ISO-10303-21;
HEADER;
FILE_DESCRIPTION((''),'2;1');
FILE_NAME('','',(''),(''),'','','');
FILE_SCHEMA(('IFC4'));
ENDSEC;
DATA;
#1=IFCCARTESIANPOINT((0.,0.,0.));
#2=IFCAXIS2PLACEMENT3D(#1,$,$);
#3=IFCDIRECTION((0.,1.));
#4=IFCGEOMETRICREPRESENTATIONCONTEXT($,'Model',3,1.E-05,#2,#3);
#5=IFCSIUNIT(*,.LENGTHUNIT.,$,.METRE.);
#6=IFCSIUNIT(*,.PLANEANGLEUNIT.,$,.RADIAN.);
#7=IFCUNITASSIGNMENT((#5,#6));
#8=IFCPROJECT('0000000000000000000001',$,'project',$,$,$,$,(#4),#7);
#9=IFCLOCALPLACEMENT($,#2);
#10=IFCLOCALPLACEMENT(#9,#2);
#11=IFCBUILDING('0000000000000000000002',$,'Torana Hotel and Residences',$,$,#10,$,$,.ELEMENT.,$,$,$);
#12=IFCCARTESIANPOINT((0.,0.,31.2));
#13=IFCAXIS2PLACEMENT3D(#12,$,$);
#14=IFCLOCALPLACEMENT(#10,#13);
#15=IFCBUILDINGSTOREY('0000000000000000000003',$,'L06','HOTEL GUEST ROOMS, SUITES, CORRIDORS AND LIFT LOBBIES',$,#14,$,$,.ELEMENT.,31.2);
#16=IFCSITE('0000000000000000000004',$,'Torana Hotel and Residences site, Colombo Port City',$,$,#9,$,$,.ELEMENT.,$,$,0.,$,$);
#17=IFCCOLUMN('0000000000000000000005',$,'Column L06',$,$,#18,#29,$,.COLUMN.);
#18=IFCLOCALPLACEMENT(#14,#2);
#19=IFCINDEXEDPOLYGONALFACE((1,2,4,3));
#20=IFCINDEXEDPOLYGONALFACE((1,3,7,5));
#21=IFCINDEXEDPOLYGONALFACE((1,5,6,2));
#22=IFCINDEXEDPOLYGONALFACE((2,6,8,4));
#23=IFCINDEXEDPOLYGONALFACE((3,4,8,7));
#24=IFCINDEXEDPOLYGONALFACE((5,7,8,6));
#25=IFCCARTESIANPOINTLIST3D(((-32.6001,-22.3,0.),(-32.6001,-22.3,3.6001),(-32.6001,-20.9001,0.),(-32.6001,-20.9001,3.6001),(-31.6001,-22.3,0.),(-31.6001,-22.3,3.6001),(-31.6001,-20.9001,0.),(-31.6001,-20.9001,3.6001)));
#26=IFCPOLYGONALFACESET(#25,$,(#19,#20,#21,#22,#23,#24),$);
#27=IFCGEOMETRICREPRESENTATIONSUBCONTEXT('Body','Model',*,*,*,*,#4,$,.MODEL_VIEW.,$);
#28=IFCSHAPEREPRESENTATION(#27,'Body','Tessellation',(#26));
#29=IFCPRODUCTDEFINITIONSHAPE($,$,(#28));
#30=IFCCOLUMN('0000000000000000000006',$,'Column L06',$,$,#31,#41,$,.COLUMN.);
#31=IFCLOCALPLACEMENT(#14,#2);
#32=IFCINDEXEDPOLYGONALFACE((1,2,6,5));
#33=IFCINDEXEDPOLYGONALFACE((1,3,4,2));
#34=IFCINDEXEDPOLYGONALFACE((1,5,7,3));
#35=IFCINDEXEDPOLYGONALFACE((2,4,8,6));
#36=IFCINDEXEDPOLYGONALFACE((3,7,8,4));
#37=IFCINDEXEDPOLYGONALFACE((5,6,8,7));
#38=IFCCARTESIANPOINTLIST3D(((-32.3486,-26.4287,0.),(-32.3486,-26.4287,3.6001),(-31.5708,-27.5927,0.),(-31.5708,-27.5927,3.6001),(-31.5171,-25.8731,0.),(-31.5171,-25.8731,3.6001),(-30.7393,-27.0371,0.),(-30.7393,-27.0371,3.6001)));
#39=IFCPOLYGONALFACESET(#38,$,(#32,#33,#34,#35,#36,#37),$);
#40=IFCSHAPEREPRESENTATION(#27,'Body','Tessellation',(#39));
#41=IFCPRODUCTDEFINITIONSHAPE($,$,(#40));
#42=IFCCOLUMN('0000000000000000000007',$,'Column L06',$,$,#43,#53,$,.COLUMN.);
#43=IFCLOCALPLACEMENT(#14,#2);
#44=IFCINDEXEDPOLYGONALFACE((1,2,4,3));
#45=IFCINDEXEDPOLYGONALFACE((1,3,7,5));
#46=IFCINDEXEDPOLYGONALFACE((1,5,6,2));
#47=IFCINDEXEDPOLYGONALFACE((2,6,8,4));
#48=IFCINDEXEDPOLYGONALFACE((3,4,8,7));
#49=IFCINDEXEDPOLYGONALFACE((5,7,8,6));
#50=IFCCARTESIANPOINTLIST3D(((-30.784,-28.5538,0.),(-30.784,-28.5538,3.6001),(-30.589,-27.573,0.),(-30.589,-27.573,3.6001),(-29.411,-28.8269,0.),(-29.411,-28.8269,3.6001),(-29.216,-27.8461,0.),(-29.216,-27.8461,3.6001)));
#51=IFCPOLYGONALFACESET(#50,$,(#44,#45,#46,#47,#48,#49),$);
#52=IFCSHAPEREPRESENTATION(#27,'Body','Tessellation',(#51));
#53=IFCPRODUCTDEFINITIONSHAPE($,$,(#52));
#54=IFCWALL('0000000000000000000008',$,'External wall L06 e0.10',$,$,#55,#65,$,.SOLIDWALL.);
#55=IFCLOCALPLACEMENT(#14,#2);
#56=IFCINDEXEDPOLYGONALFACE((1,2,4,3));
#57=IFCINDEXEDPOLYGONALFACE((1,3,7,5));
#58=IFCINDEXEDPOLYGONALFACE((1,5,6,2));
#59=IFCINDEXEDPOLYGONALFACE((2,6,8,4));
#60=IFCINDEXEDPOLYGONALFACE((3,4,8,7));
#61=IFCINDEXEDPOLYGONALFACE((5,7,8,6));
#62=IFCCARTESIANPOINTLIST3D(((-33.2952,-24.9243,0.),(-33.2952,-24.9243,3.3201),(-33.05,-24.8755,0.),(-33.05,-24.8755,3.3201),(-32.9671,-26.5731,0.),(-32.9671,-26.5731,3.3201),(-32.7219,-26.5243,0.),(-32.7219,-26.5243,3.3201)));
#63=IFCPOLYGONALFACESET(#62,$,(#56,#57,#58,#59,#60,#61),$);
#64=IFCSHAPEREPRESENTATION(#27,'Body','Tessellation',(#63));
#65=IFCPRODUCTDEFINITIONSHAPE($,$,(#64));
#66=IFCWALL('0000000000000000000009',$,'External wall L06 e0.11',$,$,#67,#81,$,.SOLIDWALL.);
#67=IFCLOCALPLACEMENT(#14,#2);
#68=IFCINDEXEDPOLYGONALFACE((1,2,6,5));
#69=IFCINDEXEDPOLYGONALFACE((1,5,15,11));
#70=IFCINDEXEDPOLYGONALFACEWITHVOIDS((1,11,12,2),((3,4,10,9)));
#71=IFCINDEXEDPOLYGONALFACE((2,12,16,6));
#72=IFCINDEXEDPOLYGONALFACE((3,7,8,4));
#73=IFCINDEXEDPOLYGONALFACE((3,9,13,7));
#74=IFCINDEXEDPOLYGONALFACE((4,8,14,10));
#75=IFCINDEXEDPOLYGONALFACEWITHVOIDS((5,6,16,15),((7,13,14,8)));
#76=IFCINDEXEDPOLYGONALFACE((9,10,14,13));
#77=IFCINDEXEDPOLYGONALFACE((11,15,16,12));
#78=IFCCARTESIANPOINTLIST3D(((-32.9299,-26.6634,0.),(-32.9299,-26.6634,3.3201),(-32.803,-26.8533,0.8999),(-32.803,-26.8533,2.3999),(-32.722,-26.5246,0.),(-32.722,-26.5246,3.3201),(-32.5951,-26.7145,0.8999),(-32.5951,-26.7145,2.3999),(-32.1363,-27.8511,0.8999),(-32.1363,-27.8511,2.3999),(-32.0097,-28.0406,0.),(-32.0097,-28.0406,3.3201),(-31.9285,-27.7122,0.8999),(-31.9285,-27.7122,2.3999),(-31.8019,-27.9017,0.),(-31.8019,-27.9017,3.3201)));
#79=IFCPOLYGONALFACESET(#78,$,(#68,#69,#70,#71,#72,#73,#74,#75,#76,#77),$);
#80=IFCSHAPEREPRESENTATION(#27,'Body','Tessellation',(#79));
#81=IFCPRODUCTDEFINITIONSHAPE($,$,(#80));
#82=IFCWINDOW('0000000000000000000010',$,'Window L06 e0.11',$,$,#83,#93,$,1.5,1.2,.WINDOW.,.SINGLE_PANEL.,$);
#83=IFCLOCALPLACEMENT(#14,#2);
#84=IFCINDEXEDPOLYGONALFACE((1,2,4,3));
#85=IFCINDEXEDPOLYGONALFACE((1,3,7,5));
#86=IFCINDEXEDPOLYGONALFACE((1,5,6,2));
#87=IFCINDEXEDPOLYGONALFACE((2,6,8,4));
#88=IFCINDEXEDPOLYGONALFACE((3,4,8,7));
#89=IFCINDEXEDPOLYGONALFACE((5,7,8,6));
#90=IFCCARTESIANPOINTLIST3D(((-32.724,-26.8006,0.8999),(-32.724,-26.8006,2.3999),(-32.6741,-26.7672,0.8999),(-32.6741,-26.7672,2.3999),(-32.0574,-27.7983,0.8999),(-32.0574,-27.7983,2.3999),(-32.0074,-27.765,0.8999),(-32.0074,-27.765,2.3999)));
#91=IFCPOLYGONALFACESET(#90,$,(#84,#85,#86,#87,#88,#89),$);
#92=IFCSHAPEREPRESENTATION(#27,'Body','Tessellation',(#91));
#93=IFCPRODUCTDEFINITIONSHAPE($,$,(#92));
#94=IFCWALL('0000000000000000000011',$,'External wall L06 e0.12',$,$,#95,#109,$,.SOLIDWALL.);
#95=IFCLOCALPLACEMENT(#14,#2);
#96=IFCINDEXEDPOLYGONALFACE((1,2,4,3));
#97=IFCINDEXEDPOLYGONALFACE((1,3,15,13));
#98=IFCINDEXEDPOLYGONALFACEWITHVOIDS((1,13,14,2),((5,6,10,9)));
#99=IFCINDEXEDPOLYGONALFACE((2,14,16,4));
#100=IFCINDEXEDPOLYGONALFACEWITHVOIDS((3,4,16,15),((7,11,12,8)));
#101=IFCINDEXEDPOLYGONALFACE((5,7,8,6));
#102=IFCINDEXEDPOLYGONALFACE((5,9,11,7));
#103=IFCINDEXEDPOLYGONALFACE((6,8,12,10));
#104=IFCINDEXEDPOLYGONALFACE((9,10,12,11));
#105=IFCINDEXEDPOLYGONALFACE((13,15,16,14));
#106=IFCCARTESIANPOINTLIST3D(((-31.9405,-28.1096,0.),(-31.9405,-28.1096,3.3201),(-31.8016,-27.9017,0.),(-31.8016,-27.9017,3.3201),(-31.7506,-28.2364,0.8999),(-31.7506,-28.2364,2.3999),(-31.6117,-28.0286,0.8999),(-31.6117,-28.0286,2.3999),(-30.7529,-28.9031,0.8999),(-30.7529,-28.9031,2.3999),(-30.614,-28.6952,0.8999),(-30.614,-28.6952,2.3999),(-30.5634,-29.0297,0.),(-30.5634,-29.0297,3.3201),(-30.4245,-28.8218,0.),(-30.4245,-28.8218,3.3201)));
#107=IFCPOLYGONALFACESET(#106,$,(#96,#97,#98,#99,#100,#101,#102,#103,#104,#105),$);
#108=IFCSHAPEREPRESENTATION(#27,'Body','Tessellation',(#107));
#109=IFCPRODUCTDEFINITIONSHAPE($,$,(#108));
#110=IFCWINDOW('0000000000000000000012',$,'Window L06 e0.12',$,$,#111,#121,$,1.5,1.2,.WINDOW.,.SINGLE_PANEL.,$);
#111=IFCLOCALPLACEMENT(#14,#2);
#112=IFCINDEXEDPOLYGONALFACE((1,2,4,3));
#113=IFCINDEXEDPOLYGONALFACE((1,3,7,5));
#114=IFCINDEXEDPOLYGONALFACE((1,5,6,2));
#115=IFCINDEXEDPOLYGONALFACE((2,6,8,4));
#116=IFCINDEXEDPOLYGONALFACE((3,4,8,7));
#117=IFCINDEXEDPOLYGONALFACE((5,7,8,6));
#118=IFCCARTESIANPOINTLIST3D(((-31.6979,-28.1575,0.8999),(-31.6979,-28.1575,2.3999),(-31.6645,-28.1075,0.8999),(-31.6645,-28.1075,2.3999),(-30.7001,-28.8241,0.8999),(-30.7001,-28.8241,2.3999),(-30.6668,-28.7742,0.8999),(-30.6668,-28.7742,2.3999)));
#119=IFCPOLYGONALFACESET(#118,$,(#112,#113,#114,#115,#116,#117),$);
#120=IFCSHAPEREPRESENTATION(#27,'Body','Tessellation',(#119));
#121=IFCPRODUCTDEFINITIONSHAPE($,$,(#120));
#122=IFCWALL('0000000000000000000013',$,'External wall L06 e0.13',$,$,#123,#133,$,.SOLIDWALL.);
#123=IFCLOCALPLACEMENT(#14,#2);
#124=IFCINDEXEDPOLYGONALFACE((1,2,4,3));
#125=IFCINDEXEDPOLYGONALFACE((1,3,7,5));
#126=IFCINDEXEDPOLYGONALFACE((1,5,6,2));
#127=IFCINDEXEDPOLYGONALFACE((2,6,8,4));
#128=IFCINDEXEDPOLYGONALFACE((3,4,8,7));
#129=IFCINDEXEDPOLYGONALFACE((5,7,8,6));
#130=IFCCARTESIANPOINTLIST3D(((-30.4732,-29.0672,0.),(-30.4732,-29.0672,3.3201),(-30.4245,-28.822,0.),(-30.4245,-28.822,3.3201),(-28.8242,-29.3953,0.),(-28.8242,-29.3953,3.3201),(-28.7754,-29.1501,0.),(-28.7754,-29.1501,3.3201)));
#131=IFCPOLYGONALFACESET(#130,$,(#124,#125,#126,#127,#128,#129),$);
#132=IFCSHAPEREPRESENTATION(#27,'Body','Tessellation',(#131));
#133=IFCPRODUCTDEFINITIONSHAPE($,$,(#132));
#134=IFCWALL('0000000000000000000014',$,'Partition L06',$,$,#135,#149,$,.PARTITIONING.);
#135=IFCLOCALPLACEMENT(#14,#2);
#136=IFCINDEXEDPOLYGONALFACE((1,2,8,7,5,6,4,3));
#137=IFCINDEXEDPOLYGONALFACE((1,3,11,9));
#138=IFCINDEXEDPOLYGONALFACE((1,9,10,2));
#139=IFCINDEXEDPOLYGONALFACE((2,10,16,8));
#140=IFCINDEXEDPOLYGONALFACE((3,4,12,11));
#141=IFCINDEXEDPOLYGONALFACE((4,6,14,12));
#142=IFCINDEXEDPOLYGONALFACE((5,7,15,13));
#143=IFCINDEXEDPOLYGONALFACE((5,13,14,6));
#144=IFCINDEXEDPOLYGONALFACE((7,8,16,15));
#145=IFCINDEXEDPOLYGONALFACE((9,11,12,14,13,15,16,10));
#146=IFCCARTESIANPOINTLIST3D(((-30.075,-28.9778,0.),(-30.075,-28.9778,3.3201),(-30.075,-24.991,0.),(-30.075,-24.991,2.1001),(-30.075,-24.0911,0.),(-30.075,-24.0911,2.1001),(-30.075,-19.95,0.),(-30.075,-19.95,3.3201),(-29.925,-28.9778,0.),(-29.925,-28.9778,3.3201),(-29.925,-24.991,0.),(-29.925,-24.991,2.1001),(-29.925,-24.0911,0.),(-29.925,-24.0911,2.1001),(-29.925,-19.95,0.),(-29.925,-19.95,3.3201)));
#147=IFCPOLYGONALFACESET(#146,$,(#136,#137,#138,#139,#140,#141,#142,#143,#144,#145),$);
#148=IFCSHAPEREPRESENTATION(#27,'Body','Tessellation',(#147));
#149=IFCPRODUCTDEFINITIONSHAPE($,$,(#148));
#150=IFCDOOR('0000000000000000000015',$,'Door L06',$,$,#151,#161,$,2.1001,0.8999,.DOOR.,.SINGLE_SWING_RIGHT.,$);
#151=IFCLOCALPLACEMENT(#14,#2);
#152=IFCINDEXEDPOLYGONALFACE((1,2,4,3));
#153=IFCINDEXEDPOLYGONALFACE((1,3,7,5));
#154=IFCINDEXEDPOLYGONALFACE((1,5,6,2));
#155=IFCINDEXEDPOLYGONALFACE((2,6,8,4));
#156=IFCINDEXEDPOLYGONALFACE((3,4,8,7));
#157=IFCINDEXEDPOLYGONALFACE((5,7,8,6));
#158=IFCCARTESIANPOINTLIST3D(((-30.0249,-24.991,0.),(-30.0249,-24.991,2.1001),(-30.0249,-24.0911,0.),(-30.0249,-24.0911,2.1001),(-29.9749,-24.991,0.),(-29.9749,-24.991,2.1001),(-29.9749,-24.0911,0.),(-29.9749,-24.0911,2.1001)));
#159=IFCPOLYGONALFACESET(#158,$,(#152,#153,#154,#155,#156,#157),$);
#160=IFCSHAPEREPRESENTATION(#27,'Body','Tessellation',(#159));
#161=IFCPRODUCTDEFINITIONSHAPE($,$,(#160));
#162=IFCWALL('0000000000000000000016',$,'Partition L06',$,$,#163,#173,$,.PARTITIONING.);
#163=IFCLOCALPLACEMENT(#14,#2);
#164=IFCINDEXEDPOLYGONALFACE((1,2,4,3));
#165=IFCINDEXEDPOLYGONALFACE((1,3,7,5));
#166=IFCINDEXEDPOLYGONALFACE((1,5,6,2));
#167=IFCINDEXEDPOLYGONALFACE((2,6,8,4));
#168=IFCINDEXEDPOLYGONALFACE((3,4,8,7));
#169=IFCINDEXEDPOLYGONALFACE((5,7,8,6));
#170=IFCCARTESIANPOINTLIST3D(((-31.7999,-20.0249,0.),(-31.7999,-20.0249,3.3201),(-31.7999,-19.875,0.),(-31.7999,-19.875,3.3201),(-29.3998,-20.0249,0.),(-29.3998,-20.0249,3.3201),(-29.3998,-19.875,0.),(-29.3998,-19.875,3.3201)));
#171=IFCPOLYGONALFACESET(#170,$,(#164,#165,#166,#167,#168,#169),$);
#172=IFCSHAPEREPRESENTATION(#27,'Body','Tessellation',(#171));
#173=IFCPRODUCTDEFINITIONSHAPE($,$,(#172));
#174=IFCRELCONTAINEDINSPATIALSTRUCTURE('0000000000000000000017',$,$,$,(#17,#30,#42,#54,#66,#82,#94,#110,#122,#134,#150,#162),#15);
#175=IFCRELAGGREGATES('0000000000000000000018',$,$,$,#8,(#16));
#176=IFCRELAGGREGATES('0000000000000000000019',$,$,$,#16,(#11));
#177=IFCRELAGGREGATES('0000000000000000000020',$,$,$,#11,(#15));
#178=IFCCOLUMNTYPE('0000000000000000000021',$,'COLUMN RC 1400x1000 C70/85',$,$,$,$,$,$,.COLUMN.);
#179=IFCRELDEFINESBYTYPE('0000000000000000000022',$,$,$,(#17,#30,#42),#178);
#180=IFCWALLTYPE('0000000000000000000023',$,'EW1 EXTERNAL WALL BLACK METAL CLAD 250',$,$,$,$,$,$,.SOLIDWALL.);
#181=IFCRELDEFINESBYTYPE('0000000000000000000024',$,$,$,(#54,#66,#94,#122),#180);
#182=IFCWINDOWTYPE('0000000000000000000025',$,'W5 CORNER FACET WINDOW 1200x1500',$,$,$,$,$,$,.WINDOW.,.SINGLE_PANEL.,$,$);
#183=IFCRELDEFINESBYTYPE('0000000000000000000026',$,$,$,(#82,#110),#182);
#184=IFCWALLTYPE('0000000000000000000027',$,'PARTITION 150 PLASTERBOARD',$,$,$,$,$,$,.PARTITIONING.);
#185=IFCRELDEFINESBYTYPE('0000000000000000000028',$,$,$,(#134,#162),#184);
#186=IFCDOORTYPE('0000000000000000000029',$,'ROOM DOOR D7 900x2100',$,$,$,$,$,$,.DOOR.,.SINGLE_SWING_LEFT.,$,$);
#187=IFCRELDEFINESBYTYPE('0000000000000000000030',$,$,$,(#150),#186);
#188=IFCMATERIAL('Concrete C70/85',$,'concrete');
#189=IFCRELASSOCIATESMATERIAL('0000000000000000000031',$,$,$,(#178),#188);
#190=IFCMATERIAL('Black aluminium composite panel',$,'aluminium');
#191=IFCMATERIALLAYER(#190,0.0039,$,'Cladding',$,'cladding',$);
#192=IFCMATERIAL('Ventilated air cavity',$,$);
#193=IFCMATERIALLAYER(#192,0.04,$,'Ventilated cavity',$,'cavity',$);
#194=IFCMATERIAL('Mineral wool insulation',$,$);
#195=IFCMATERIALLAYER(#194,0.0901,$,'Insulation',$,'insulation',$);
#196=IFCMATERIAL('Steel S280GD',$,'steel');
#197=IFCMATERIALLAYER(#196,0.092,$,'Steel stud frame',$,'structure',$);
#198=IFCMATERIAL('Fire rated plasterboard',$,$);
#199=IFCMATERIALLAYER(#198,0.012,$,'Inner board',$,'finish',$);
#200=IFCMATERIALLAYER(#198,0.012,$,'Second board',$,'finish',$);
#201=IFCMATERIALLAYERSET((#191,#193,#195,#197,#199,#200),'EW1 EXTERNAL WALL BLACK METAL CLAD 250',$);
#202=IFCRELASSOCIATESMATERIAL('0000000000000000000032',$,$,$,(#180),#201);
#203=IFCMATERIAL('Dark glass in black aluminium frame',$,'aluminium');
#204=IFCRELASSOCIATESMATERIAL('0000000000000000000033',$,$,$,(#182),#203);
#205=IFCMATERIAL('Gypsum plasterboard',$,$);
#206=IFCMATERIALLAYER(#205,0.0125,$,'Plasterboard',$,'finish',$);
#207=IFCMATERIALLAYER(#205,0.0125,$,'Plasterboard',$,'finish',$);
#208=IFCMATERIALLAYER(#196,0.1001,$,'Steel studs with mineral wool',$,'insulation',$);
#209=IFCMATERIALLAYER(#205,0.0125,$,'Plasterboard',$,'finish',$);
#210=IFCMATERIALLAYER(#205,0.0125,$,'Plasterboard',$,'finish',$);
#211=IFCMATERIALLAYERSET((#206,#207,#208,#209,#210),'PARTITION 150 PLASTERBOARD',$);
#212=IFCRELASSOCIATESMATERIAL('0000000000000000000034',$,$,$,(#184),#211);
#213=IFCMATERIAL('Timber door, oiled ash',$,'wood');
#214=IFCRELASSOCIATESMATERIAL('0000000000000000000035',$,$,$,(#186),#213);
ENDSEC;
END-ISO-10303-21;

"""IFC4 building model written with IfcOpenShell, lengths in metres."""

from ifc_helpers import new_model, si_unit, direction, frame, frame_2d, origin, origin_2d, place, context, subcontext, project, spatial, rectangle, extrude, material, layer, layer_set, material_profile, profile_set, type_object, element, fill, save


model = new_model("IFC4")

# Units and contexts
model_context = context("Model", 3, precision=1e-05, world=origin(), true_north=direction((0.0, 1.0)))
body_context = subcontext(model_context, "Body", "Model", "MODEL_VIEW")
ifc_project = project(units=[si_unit("LENGTHUNIT", "METRE"), si_unit("PLANEANGLEUNIT", "RADIAN")], contexts=[model_context])

# Site, building, storey
site_placement = place(None, origin())
site = spatial("IfcSite", under=ifc_project, at=site_placement, Name="Torana Hotel and Residences site, Colombo Port City", CompositionType="ELEMENT", RefElevation=0.0)
building_placement = place(site_placement, origin())
building = spatial("IfcBuilding", under=site, at=building_placement, Name="Torana Hotel and Residences", CompositionType="ELEMENT")
storey_placement = place(building_placement, frame((0.0, 0.0, 31.2)))
storey = spatial("IfcBuildingStorey", under=building, at=storey_placement, Name="L06", Description="HOTEL GUEST ROOMS, SUITES, CORRIDORS AND LIFT LOBBIES", CompositionType="ELEMENT", Elevation=31.2)

# Columns
ifc_material_1 = material(Name="Concrete C70/85", Category="concrete")
ifc_material_profile = material_profile(ifc_material_1, rectangle(XDim=1.3999, YDim=1.0, at=origin_2d()), Name="RC 1400x1000")
ifc_profile_set = profile_set([ifc_material_profile], Name="Concrete C70/85")
column_type = type_object("IfcColumnType", Name="COLUMN RC 1400x1000 C70/85", PredefinedType="COLUMN", material=ifc_profile_set)
for number, where, z_axis, x_axis, name in (
    (1, (-32.1001, -21.6001, 0.0), (0.0, 0.0, 1.0), (0.0, 1.0, 0.0), "Column L06"),
    (2, (-31.5439, -26.7329, 0.0), (0.0, 0.0, 1.0), (-0.555585, 0.83146, 0.0), "Column L06"),
    (3, (-30.0, -28.2, 0.0), (0.0, 0.0, 1.0), (-0.980792, 0.195056, 0.0), "Column L06"),
):
    element("IfcColumn", number, at=place(storey_placement, frame(where, z_axis=z_axis, x_axis=x_axis)), inside=storey, type_object=column_type, Name=name, PredefinedType="COLUMN", context=body_context, shape_type="SweptSolid", body=[
        extrude(rectangle(XDim=1.3999, YDim=1.0, at=origin_2d()), origin(), (0.0, 0.0, 1.0), 3.6001),
    ])

# Wall
ifc_material_2 = material(Name="Black aluminium composite panel", Category="aluminium")
ifc_layer_1 = layer(ifc_material_2, 0.0039, Name="Cladding", Category="cladding")
ifc_material_3 = material(Name="Ventilated air cavity")
ifc_layer_2 = layer(ifc_material_3, 0.04, Name="Ventilated cavity", Category="cavity")
ifc_material_4 = material(Name="Mineral wool insulation")
ifc_layer_3 = layer(ifc_material_4, 0.0901, Name="Insulation", Category="insulation")
ifc_material_5 = material(Name="Steel S280GD", Category="steel")
ifc_layer_4 = layer(ifc_material_5, 0.092, Name="Steel stud frame", Category="structure")
ifc_material_6 = material(Name="Fire rated plasterboard")
ifc_layer_5 = layer(ifc_material_6, 0.012, Name="Inner board", Category="finish")
ifc_layer_6 = layer(ifc_material_6, 0.012, Name="Second board", Category="finish")
ifc_layer_set_1 = layer_set([ifc_layer_1, ifc_layer_2, ifc_layer_3, ifc_layer_4, ifc_layer_5, ifc_layer_6], Name="EW1 EXTERNAL WALL BLACK METAL CLAD 250")
wall_type_1 = type_object("IfcWallType", Name="EW1 EXTERNAL WALL BLACK METAL CLAD 250", PredefinedType="SOLIDWALL", material=ifc_layer_set_1)
wall_1_placement = place(storey_placement, frame((-33.1726, -24.8999, 0.0), z_axis=(0.0, 0.0, 1.0), x_axis=(0.195167, -0.98077, 0.0)))
element("IfcWall", 4, at=wall_1_placement, inside=storey, type_object=wall_type_1, Name="External wall L06 e0.10", PredefinedType="SOLIDWALL", context=body_context, shape_type="SweptSolid", body=[
    extrude(rectangle(XDim=1.6812, YDim=0.25, at=frame_2d((0.8406, 0.0))), origin(), (0.0, 0.0, 1.0), 3.3201),
])

# Walls, openings, windows
wall_2_placement = place(storey_placement, frame((-32.8259, -26.594, 0.0), z_axis=(0.0, 0.0, 1.0), x_axis=(0.55555, -0.831483, 0.0)))
wall_2 = element("IfcWall", 5, at=wall_2_placement, inside=storey, type_object=wall_type_1, Name="External wall L06 e0.11", PredefinedType="SOLIDWALL", context=body_context, shape_type="SweptSolid", body=[
    extrude(rectangle(XDim=1.6562, YDim=0.25, at=frame_2d((0.8281, 0.0))), origin(), (0.0, 0.0, 1.0), 3.3201),
])
opening_1_placement = place(wall_2_placement, frame((0.2283, 0.0, 0.8999)))
opening_1 = element("IfcOpeningElement", 6, at=opening_1_placement, cuts=wall_2, PredefinedType="OPENING", context=body_context, shape_type="SweptSolid", body=[
    extrude(rectangle(XDim=1.2, YDim=1.5, at=frame_2d((0.6001, 0.75))), frame((0.0, 0.135, 0.0), z_axis=(0.0, -1.0, 0.0), x_axis=(1.0, 0.0, 0.0)), (0.0, 0.0, 1.0), 0.27),
])
ifc_material_7 = material(Name="Dark glass in black aluminium frame", Category="aluminium")
window_type = type_object("IfcWindowType", Name="W5 CORNER FACET WINDOW 1200x1500", PartitioningType="SINGLE_PANEL", PredefinedType="WINDOW", material=ifc_material_7)
window_1_placement = place(opening_1_placement, origin())
window_1 = element("IfcWindow", 7, at=window_1_placement, inside=storey, type_object=window_type, Name="Window L06 e0.11", OverallHeight=1.5, OverallWidth=1.2, PartitioningType="SINGLE_PANEL", PredefinedType="WINDOW", context=body_context, shape_type="SweptSolid", body=[
    extrude(rectangle(XDim=1.2, YDim=1.5, at=frame_2d((0.6001, 0.75))), frame((0.0, 0.03, 0.0), z_axis=(0.0, -1.0, 0.0), x_axis=(1.0, 0.0, 0.0)), (0.0, 0.0, 1.0), 0.0601),
])
fill(opening_1, window_1)
wall_3_placement = place(storey_placement, frame((-31.8711, -28.0056, 0.0), z_axis=(0.0, 0.0, 1.0), x_axis=(0.831483, -0.55555, 0.0)))
wall_3 = element("IfcWall", 8, at=wall_3_placement, inside=storey, type_object=wall_type_1, Name="External wall L06 e0.12", PredefinedType="SOLIDWALL", context=body_context, shape_type="SweptSolid", body=[
    extrude(rectangle(XDim=1.6562, YDim=0.25, at=frame_2d((0.8281, 0.0))), origin(), (0.0, 0.0, 1.0), 3.3201),
])
opening_2_placement = place(wall_3_placement, frame((0.2283, 0.0, 0.8999)))
opening_2 = element("IfcOpeningElement", 9, at=opening_2_placement, cuts=wall_3, PredefinedType="OPENING", context=body_context, shape_type="SweptSolid", body=[
    extrude(rectangle(XDim=1.2, YDim=1.5, at=frame_2d((0.6001, 0.75))), frame((0.0, 0.135, 0.0), z_axis=(0.0, -1.0, 0.0), x_axis=(1.0, 0.0, 0.0)), (0.0, 0.0, 1.0), 0.27),
])
window_2_placement = place(opening_2_placement, origin())
window_2 = element("IfcWindow", 10, at=window_2_placement, inside=storey, type_object=window_type, Name="Window L06 e0.12", OverallHeight=1.5, OverallWidth=1.2, PartitioningType="SINGLE_PANEL", PredefinedType="WINDOW", context=body_context, shape_type="SweptSolid", body=[
    extrude(rectangle(XDim=1.2, YDim=1.5, at=frame_2d((0.6001, 0.75))), frame((0.0, 0.03, 0.0), z_axis=(0.0, -1.0, 0.0), x_axis=(1.0, 0.0, 0.0)), (0.0, 0.0, 1.0), 0.0601),
])
fill(opening_2, window_2)

# Wall
wall_4_placement = place(storey_placement, frame((-30.449, -28.9446, 0.0), z_axis=(0.0, 0.0, 1.0), x_axis=(0.980776, -0.195139, 0.0)))
element("IfcWall", 11, at=wall_4_placement, inside=storey, type_object=wall_type_1, Name="External wall L06 e0.13", PredefinedType="SOLIDWALL", context=body_context, shape_type="SweptSolid", body=[
    extrude(rectangle(XDim=1.6814, YDim=0.25, at=frame_2d((0.8408, 0.0))), origin(), (0.0, 0.0, 1.0), 3.3201),
])

# Wall, opening, door
ifc_material_8 = material(Name="Gypsum plasterboard")
ifc_layer_7 = layer(ifc_material_8, 0.0125, Name="Plasterboard", Category="finish")
ifc_layer_8 = layer(ifc_material_8, 0.0125, Name="Plasterboard", Category="finish")
ifc_layer_9 = layer(ifc_material_5, 0.1001, Name="Steel studs with mineral wool", Category="insulation")
ifc_layer_10 = layer(ifc_material_8, 0.0125, Name="Plasterboard", Category="finish")
ifc_layer_11 = layer(ifc_material_8, 0.0125, Name="Plasterboard", Category="finish")
ifc_layer_set_2 = layer_set([ifc_layer_7, ifc_layer_8, ifc_layer_9, ifc_layer_10, ifc_layer_11], Name="PARTITION 150 PLASTERBOARD")
wall_type_2 = type_object("IfcWallType", Name="PARTITION 150 PLASTERBOARD", PredefinedType="PARTITIONING", material=ifc_layer_set_2)
wall_5_placement = place(storey_placement, frame((-30.0, -28.9778, 0.0), z_axis=(0.0, 0.0, 1.0), x_axis=(0.0, 1.0, 0.0)))
wall_5 = element("IfcWall", 12, at=wall_5_placement, inside=storey, type_object=wall_type_2, Name="Partition L06", PredefinedType="PARTITIONING", context=body_context, shape_type="SweptSolid", body=[
    extrude(rectangle(XDim=9.0278, YDim=0.1499, at=frame_2d((4.5139, 0.0))), origin(), (0.0, 0.0, 1.0), 3.3201),
])
opening_3_placement = place(wall_5_placement, frame((3.9868, 0.0, 0.0)))
opening_3 = element("IfcOpeningElement", 13, at=opening_3_placement, cuts=wall_5, PredefinedType="OPENING", context=body_context, shape_type="SweptSolid", body=[
    extrude(rectangle(XDim=0.8999, YDim=2.1001, at=frame_2d((0.45, 1.05))), frame((0.0, 0.085, 0.0), z_axis=(0.0, -1.0, 0.0), x_axis=(1.0, 0.0, 0.0)), (0.0, 0.0, 1.0), 0.1699),
])
ifc_material_9 = material(Name="Timber door, oiled ash", Category="wood")
door_type_1 = type_object("IfcDoorType", Name="ROOM DOOR D7 900x2100", OperationType="SINGLE_SWING_LEFT", PredefinedType="DOOR", material=ifc_material_9)
door_1_placement = place(opening_3_placement, origin())
door_1 = element("IfcDoor", 14, at=door_1_placement, inside=storey, type_object=door_type_1, Name="Door L06", OperationType="SINGLE_SWING_RIGHT", OverallHeight=2.1001, OverallWidth=0.8999, PredefinedType="DOOR", context=body_context, shape_type="SweptSolid", body=[
    extrude(rectangle(XDim=0.8999, YDim=2.1001, at=frame_2d((0.45, 1.05))), frame((0.0, 0.0249, 0.0), z_axis=(0.0, -1.0, 0.0), x_axis=(1.0, 0.0, 0.0)), (0.0, 0.0, 1.0), 0.05),
])
fill(opening_3, door_1)

# Wall
wall_6_placement = place(storey_placement, frame((-31.8, -19.95, 0.0), z_axis=(0.0, 0.0, 1.0), x_axis=(1.0, 0.0, 0.0)))
element("IfcWall", 15, at=wall_6_placement, inside=storey, type_object=wall_type_2, Name="Partition L06", PredefinedType="PARTITIONING", context=body_context, shape_type="SweptSolid", body=[
    extrude(rectangle(XDim=2.4001, YDim=0.1499, at=frame_2d((1.2002, 0.0))), origin(), (0.0, 0.0, 1.0), 3.3201),
])

save(model, "model.ifc")
